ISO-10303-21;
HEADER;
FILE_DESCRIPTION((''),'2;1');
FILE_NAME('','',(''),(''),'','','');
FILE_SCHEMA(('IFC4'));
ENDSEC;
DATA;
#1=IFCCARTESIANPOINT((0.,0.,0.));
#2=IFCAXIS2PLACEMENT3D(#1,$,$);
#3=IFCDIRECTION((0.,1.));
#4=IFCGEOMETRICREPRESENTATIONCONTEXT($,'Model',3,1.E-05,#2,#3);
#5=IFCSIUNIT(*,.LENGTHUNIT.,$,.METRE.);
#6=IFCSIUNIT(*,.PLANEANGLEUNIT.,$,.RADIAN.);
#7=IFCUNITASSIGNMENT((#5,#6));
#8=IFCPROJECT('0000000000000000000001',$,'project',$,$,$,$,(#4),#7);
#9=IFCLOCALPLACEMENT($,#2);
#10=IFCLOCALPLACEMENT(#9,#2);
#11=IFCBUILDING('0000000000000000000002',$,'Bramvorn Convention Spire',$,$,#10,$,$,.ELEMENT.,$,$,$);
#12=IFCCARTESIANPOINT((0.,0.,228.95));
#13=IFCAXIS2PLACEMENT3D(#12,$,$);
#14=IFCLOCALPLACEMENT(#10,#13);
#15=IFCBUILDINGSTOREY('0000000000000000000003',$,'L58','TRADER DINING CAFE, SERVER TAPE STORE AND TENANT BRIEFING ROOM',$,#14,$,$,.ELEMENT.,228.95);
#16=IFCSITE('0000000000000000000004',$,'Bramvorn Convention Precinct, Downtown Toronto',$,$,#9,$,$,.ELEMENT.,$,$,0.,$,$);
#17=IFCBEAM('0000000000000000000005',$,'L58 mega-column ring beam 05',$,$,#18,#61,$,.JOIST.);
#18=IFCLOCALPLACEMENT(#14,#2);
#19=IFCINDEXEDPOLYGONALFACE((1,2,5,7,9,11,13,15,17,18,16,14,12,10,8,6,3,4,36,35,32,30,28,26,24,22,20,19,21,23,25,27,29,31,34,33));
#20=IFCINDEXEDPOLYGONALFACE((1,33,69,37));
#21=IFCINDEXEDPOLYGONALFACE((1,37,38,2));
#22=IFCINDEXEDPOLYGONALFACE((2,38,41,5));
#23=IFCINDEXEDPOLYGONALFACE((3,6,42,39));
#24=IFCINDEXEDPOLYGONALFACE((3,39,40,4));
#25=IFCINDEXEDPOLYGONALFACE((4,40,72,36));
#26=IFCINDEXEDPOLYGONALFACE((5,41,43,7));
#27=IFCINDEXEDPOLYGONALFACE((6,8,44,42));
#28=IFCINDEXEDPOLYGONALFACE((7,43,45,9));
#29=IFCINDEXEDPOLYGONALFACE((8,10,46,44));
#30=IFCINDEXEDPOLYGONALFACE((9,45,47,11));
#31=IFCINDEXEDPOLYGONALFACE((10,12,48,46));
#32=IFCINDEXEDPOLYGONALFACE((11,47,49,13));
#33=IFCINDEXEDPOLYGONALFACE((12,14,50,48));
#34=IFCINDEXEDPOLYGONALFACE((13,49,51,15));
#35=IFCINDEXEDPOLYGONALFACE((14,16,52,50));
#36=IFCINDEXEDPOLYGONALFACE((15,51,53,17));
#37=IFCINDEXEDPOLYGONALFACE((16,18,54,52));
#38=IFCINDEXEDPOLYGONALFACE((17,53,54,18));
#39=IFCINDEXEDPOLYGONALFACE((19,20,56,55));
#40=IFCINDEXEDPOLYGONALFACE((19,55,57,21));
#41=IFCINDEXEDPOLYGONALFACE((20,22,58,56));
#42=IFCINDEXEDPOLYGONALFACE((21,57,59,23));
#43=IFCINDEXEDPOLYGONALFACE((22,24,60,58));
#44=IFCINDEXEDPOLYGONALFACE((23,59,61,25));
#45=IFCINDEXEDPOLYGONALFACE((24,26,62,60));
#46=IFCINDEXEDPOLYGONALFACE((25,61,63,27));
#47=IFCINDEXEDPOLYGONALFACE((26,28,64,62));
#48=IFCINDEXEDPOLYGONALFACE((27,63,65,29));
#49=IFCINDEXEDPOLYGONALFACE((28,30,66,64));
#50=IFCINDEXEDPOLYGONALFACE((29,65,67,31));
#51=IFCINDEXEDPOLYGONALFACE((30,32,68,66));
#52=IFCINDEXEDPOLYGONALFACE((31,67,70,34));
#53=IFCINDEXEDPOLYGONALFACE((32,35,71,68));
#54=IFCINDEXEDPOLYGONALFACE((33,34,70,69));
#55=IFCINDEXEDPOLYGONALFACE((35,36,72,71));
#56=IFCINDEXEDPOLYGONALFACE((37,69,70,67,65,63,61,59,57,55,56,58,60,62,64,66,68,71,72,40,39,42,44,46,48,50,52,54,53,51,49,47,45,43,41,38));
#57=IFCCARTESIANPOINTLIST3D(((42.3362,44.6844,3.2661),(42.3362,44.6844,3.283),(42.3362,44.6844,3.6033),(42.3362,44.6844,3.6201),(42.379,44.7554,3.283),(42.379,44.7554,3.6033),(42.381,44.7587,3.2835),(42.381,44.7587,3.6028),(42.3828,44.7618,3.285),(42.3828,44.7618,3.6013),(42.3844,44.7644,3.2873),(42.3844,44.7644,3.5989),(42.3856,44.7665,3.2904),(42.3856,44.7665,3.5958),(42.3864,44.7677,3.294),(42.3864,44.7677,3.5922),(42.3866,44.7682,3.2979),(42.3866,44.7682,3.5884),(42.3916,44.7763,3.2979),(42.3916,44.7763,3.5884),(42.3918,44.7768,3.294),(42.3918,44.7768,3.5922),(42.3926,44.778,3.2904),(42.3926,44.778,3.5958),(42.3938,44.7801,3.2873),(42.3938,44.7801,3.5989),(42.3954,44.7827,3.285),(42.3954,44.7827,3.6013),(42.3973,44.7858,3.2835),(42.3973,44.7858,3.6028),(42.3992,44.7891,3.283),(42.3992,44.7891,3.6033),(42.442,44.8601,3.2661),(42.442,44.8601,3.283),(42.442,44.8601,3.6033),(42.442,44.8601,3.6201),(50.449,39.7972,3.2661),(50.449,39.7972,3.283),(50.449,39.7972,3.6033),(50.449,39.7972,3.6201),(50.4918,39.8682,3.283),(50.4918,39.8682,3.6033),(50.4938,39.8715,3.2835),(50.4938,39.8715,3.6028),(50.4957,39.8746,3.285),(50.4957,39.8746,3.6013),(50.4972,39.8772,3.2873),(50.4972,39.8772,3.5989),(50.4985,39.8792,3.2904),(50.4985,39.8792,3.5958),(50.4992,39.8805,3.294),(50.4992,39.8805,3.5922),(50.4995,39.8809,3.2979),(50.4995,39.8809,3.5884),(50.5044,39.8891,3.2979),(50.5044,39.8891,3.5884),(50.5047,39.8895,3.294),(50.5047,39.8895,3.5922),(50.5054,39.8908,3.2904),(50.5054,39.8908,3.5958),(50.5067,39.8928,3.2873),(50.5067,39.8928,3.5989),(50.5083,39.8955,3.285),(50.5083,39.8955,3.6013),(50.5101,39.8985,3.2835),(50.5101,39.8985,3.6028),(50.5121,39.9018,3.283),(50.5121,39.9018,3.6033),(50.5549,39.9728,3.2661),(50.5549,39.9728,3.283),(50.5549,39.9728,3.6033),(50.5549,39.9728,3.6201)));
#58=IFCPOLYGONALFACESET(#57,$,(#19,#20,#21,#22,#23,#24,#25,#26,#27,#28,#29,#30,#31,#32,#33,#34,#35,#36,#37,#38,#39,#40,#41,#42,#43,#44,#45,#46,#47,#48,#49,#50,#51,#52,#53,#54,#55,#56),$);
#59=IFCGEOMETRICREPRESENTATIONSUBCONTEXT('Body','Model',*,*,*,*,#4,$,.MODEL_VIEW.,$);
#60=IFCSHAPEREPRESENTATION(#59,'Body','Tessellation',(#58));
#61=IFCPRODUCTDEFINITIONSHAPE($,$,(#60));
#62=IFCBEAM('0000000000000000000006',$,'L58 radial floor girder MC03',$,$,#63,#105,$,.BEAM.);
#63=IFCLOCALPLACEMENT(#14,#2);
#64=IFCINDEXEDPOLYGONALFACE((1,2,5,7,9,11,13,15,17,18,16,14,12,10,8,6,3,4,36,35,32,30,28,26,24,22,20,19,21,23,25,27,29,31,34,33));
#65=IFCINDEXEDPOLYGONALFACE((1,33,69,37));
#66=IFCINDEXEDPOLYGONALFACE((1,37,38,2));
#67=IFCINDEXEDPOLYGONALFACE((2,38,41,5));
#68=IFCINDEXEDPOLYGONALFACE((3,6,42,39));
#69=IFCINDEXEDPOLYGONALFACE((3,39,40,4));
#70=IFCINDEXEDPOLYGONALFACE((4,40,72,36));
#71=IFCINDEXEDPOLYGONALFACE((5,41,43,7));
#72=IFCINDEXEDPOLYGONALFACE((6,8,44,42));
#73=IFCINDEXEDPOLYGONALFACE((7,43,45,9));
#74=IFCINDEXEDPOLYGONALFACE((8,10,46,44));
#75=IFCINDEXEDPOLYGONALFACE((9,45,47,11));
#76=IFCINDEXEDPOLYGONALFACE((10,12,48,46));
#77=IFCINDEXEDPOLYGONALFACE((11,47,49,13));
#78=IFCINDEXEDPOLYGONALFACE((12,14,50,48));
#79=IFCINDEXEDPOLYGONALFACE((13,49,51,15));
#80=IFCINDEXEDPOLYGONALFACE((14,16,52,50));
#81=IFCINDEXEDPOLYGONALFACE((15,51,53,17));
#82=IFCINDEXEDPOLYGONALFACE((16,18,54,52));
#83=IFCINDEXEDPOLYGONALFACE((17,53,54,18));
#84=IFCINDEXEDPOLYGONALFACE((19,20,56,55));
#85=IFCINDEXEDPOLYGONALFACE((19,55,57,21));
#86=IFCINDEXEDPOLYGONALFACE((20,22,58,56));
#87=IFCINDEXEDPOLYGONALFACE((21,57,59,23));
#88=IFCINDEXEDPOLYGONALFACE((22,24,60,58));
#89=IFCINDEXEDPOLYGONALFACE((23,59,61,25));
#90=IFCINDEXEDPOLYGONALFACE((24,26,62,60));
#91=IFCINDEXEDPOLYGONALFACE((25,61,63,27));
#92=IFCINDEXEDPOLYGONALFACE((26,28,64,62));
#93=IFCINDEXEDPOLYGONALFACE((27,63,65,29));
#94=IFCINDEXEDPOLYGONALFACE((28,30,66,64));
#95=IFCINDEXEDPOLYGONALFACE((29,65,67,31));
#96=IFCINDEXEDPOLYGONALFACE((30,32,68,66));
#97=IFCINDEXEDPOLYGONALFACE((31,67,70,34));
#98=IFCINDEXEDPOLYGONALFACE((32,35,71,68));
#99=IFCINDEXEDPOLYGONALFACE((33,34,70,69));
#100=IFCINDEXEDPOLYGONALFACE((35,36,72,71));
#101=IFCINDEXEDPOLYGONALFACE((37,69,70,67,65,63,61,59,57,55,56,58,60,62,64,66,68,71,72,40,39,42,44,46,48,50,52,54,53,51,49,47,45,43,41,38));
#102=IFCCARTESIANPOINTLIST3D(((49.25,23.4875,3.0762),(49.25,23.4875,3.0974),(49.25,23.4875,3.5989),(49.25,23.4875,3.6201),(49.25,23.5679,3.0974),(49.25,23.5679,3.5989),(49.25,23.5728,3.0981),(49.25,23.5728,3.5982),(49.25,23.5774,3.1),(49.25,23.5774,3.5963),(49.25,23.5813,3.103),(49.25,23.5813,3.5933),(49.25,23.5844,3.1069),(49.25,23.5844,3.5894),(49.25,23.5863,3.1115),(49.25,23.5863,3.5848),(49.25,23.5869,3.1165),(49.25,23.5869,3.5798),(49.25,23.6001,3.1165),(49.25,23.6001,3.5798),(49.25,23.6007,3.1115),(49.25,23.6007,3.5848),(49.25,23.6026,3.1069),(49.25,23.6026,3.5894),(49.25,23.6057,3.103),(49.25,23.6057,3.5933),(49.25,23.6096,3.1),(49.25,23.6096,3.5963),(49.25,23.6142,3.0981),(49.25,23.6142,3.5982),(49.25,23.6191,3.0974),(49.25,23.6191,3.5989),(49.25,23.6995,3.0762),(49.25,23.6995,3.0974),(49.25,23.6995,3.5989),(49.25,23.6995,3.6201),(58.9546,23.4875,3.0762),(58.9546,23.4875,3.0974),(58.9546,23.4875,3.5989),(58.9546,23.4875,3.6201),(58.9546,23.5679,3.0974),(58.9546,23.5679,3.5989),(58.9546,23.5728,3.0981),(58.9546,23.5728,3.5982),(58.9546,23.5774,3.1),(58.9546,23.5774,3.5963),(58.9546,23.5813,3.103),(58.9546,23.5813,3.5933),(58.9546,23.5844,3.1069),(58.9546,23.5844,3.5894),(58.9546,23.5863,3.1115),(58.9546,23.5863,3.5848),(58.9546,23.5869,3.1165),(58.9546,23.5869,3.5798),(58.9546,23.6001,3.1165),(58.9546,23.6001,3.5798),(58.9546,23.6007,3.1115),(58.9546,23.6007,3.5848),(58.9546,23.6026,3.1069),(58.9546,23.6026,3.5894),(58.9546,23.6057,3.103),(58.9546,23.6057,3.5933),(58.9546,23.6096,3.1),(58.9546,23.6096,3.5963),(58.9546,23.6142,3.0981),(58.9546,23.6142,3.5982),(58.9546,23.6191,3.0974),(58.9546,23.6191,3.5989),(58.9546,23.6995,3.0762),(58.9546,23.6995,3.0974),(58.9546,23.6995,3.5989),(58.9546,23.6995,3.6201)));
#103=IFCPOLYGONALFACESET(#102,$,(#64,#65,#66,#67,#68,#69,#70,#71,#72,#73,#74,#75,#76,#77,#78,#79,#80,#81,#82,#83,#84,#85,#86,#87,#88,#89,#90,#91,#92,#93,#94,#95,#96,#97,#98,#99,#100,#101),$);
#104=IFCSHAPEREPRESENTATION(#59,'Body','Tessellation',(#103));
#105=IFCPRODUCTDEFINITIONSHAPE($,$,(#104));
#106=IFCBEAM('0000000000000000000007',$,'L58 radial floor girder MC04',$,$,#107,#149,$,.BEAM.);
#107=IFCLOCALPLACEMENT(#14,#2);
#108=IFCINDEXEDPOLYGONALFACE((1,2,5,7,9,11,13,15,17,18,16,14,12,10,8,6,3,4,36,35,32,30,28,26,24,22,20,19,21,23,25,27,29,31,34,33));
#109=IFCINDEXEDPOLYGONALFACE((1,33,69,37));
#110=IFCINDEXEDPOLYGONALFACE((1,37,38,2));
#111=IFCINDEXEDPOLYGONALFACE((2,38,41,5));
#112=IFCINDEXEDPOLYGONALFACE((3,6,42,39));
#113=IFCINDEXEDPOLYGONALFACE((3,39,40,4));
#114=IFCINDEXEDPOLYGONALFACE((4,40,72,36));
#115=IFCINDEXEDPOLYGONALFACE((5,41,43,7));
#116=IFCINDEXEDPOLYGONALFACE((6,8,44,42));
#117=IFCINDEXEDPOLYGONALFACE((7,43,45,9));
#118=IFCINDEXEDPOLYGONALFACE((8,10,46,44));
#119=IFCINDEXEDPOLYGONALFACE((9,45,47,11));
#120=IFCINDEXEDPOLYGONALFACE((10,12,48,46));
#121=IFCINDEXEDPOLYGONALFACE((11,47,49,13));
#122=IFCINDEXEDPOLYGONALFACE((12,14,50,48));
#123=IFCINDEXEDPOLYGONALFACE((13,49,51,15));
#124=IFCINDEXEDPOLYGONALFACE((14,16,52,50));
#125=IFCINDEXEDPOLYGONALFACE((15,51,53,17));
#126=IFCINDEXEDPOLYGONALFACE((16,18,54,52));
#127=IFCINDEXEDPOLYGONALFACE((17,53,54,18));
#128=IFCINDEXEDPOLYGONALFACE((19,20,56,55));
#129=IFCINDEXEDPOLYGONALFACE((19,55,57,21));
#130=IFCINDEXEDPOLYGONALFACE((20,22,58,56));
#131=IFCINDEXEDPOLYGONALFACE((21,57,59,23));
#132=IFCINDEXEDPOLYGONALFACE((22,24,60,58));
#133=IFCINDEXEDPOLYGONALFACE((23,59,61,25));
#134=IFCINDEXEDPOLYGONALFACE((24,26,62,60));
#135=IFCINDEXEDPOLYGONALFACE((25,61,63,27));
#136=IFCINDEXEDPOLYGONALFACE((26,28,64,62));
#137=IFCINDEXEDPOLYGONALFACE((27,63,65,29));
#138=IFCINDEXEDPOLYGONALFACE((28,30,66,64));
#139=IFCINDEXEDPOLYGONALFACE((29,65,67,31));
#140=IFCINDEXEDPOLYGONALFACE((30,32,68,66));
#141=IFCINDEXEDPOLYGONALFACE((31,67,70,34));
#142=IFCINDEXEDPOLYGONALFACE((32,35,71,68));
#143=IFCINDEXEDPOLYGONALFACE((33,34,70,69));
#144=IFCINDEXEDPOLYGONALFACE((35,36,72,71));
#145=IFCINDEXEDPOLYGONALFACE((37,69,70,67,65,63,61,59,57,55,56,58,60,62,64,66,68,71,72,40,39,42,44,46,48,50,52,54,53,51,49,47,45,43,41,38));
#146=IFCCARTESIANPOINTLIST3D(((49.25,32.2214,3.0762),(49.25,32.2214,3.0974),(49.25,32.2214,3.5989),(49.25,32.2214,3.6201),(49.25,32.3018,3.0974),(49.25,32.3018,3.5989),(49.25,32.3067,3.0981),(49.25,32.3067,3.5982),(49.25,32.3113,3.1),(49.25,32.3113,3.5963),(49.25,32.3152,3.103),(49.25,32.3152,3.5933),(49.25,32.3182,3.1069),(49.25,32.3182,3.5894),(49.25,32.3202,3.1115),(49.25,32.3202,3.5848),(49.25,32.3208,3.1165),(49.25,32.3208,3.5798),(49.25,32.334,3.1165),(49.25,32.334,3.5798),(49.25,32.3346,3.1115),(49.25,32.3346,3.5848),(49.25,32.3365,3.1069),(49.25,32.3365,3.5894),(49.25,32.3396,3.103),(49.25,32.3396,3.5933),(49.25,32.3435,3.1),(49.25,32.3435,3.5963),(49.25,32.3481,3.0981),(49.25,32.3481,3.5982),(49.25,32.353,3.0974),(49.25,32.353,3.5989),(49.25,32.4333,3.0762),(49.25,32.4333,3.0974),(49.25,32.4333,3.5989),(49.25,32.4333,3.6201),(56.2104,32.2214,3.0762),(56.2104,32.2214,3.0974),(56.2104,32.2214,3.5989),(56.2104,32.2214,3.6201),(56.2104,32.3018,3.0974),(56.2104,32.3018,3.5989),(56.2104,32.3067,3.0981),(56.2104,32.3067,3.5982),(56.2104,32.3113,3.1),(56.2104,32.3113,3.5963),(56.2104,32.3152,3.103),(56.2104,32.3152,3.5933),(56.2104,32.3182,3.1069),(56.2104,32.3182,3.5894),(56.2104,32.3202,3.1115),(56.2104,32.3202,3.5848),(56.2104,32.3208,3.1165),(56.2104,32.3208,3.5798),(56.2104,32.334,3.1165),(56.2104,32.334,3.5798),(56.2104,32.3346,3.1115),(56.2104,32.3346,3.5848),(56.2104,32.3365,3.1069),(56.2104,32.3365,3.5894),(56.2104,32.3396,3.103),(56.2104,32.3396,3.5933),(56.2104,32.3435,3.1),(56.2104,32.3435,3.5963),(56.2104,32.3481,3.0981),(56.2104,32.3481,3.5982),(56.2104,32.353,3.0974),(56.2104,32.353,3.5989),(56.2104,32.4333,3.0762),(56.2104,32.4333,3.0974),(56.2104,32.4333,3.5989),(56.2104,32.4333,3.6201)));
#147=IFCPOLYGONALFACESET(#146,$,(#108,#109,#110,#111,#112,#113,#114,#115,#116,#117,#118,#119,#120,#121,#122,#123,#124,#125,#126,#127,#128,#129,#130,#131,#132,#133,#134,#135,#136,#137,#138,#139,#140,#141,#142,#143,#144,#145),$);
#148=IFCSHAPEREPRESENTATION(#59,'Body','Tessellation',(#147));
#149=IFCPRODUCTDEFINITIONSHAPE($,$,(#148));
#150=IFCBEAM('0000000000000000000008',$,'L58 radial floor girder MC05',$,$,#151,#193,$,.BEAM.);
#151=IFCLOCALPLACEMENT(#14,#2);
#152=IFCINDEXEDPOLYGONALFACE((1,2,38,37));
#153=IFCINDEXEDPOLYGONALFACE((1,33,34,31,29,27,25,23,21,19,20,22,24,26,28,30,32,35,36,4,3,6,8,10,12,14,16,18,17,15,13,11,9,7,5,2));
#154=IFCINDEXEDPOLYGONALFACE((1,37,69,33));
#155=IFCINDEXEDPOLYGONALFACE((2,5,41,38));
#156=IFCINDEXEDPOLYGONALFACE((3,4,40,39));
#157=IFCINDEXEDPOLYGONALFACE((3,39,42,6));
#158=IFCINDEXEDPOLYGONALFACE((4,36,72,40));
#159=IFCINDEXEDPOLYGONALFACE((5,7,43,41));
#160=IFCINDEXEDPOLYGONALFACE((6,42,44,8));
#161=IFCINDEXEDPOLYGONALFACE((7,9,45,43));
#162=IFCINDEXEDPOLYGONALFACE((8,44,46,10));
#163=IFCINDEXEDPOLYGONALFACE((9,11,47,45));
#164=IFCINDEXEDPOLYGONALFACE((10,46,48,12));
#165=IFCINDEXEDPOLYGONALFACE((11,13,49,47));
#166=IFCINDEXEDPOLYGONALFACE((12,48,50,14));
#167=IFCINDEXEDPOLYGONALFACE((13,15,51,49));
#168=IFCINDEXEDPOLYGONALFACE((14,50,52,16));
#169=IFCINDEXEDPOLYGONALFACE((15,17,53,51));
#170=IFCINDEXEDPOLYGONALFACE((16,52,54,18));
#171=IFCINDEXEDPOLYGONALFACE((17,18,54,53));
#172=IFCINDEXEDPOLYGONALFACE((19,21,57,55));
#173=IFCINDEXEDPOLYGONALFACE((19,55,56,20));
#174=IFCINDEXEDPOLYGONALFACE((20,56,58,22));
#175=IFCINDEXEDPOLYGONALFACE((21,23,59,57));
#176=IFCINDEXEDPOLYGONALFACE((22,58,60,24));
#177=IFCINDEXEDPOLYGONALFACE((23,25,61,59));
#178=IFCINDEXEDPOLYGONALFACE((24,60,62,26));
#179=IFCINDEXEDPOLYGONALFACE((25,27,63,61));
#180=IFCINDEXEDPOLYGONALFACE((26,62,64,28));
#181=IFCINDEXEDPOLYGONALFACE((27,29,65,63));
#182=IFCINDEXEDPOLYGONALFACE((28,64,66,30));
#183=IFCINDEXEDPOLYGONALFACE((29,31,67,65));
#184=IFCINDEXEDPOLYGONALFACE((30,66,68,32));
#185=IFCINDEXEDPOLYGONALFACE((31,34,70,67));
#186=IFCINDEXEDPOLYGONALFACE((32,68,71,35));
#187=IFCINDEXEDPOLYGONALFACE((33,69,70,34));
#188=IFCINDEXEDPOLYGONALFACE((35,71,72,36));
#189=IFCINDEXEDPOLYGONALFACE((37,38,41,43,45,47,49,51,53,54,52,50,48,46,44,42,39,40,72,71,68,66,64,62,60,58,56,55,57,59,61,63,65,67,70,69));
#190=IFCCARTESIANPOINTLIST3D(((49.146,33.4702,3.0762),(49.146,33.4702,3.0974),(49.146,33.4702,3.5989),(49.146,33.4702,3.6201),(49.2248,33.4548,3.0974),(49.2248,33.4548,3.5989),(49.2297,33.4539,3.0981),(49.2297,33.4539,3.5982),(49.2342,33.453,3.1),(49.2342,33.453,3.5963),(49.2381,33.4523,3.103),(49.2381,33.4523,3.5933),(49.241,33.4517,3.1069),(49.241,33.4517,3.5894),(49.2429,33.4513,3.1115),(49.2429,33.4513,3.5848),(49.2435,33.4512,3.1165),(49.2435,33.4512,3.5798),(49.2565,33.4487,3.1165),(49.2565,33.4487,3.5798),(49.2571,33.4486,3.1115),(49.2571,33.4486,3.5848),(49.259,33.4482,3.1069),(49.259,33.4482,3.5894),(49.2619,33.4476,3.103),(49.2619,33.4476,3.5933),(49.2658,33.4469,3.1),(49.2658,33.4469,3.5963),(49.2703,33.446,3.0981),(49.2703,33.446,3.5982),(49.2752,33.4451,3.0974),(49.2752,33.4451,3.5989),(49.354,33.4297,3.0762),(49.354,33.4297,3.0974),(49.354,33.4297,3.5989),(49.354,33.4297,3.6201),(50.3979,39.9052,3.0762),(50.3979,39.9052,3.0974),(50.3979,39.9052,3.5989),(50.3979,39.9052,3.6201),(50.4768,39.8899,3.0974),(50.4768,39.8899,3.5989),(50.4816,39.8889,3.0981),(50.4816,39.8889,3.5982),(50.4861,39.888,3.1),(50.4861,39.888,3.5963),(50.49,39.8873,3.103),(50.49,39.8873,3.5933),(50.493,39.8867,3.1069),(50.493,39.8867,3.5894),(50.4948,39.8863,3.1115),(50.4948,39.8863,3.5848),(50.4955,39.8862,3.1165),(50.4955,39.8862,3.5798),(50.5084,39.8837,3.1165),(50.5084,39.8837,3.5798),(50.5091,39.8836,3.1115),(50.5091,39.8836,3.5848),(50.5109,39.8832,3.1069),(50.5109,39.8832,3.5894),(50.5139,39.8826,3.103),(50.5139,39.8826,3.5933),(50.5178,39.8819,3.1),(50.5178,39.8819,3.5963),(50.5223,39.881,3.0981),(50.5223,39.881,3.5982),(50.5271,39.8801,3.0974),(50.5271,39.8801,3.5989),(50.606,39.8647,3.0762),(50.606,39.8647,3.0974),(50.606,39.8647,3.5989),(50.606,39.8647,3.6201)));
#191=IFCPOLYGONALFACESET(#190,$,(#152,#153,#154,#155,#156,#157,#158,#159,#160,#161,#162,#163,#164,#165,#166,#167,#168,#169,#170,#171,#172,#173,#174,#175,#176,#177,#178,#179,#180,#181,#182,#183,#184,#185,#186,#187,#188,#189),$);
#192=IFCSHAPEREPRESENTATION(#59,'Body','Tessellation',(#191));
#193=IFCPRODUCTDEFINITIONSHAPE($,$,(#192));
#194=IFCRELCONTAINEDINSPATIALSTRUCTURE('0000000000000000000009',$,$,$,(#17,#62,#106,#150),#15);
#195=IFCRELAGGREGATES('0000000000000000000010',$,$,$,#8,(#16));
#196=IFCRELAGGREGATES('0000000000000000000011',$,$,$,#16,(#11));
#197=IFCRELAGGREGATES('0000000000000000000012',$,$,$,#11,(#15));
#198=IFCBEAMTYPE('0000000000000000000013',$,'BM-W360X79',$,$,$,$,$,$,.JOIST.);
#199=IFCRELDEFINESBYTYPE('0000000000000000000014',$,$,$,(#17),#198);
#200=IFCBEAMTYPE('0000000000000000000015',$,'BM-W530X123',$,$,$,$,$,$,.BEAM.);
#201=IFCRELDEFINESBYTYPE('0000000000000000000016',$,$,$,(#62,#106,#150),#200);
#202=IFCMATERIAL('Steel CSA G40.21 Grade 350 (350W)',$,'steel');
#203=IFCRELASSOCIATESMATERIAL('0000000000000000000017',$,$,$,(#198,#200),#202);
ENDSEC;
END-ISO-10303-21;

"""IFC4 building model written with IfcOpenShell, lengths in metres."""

from ifc_helpers import new_model, si_unit, direction, frame, origin, origin_2d, place, context, subcontext, project, spatial, i_section, extrude, material, material_profile, profile_set, type_object, element, save


model = new_model("IFC4")

# Units and contexts
model_context = context("Model", 3, precision=1e-05, world=origin(), true_north=direction((0.0, 1.0)))
body_context = subcontext(model_context, "Body", "Model", "MODEL_VIEW")
ifc_project = project(units=[si_unit("LENGTHUNIT", "METRE"), si_unit("PLANEANGLEUNIT", "RADIAN")], contexts=[model_context])

# Site, building, storey
site_placement = place(None, origin())
site = spatial("IfcSite", under=ifc_project, at=site_placement, Name="Bramvorn Convention Precinct, Downtown Toronto", CompositionType="ELEMENT", RefElevation=0.0)
building_placement = place(site_placement, origin())
building = spatial("IfcBuilding", under=site, at=building_placement, Name="Bramvorn Convention Spire", CompositionType="ELEMENT")
storey_placement = place(building_placement, frame((0.0, 0.0, 228.95)))
storey = spatial("IfcBuildingStorey", under=building, at=storey_placement, Name="L58", Description="TRADER DINING CAFE, SERVER TAPE STORE AND TENANT BRIEFING ROOM", CompositionType="ELEMENT", Elevation=228.95)

# Shared definitions
ifc_material_1 = material(Name="Steel CSA G40.21 Grade 350 (350W)", Category="steel")

# Beams
ifc_material_profile_1 = material_profile(ifc_material_1, i_section(OverallWidth=0.2051, OverallDepth=0.354, WebThickness=0.0095, FlangeThickness=0.0168, FilletRadius=0.0149, at=origin_2d()))
ifc_profile_set_1 = profile_set([ifc_material_profile_1], Name="Steel CSA G40.21 Grade 350 (350W) - W360X79")
beam_type_1 = type_object("IfcBeamType", Name="BM-W360X79", PredefinedType="JOIST", material=ifc_profile_set_1)
for number, where, z_axis, x_axis, name in (
    (1, (50.502, 39.885, 3.4431), (-0.856582, 0.516011, 0.0), (-0.516011, -0.856582, 0.0), "L58 mega-column ring beam 05"),
):
    element("IfcBeam", number, at=place(storey_placement, frame(where, z_axis=z_axis, x_axis=x_axis)), inside=storey, type_object=beam_type_1, Name=name, PredefinedType="JOIST", context=body_context, shape_type="SweptSolid", body=[
        extrude(i_section(OverallWidth=0.2051, OverallDepth=0.354, WebThickness=0.0095, FlangeThickness=0.0168, FilletRadius=0.0149, at=origin_2d()), origin(), (0.0, 0.0, 1.0), 9.4712),
    ])
ifc_material_profile_2 = material_profile(ifc_material_1, i_section(OverallWidth=0.2119, OverallDepth=0.5439, WebThickness=0.0132, FlangeThickness=0.0212, FilletRadius=0.019, at=origin_2d()))
ifc_profile_set_2 = profile_set([ifc_material_profile_2], Name="Steel CSA G40.21 Grade 350 (350W) - W530X123")
beam_type_2 = type_object("IfcBeamType", Name="BM-W530X123", PredefinedType="BEAM", material=ifc_profile_set_2)
beam_1_placement = place(storey_placement, frame((49.25, 23.5935, 3.3481), z_axis=(1.0, 0.0, 0.0), x_axis=(0.0, 1.0, 0.0)))
element("IfcBeam", 2, at=beam_1_placement, inside=storey, type_object=beam_type_2, Name="L58 radial floor girder MC03", PredefinedType="BEAM", context=body_context, shape_type="SweptSolid", body=[
    extrude(i_section(OverallWidth=0.2119, OverallDepth=0.5439, WebThickness=0.0132, FlangeThickness=0.0212, FilletRadius=0.019, at=origin_2d()), origin(), (0.0, 0.0, 1.0), 9.7046),
])
beam_2_placement = place(storey_placement, frame((49.25, 32.3274, 3.3481), z_axis=(1.0, 0.0, 0.0), x_axis=(0.0, 1.0, 0.0)))
element("IfcBeam", 3, at=beam_2_placement, inside=storey, type_object=beam_type_2, Name="L58 radial floor girder MC04", PredefinedType="BEAM", context=body_context, shape_type="SweptSolid", body=[
    extrude(i_section(OverallWidth=0.2119, OverallDepth=0.5439, WebThickness=0.0132, FlangeThickness=0.0212, FilletRadius=0.019, at=origin_2d()), origin(), (0.0, 0.0, 1.0), 6.9604),
])
beam_3_placement = place(storey_placement, frame((49.25, 33.45, 3.3481), z_axis=(0.190971, 0.981596, 0.0), x_axis=(-0.981596, 0.190971, 0.0)))
element("IfcBeam", 4, at=beam_3_placement, inside=storey, type_object=beam_type_2, Name="L58 radial floor girder MC05", PredefinedType="BEAM", context=body_context, shape_type="SweptSolid", body=[
    extrude(i_section(OverallWidth=0.2119, OverallDepth=0.5439, WebThickness=0.0132, FlangeThickness=0.0212, FilletRadius=0.019, at=origin_2d()), origin(), (0.0, 0.0, 1.0), 6.5557),
])

save(model, "model.ifc")
